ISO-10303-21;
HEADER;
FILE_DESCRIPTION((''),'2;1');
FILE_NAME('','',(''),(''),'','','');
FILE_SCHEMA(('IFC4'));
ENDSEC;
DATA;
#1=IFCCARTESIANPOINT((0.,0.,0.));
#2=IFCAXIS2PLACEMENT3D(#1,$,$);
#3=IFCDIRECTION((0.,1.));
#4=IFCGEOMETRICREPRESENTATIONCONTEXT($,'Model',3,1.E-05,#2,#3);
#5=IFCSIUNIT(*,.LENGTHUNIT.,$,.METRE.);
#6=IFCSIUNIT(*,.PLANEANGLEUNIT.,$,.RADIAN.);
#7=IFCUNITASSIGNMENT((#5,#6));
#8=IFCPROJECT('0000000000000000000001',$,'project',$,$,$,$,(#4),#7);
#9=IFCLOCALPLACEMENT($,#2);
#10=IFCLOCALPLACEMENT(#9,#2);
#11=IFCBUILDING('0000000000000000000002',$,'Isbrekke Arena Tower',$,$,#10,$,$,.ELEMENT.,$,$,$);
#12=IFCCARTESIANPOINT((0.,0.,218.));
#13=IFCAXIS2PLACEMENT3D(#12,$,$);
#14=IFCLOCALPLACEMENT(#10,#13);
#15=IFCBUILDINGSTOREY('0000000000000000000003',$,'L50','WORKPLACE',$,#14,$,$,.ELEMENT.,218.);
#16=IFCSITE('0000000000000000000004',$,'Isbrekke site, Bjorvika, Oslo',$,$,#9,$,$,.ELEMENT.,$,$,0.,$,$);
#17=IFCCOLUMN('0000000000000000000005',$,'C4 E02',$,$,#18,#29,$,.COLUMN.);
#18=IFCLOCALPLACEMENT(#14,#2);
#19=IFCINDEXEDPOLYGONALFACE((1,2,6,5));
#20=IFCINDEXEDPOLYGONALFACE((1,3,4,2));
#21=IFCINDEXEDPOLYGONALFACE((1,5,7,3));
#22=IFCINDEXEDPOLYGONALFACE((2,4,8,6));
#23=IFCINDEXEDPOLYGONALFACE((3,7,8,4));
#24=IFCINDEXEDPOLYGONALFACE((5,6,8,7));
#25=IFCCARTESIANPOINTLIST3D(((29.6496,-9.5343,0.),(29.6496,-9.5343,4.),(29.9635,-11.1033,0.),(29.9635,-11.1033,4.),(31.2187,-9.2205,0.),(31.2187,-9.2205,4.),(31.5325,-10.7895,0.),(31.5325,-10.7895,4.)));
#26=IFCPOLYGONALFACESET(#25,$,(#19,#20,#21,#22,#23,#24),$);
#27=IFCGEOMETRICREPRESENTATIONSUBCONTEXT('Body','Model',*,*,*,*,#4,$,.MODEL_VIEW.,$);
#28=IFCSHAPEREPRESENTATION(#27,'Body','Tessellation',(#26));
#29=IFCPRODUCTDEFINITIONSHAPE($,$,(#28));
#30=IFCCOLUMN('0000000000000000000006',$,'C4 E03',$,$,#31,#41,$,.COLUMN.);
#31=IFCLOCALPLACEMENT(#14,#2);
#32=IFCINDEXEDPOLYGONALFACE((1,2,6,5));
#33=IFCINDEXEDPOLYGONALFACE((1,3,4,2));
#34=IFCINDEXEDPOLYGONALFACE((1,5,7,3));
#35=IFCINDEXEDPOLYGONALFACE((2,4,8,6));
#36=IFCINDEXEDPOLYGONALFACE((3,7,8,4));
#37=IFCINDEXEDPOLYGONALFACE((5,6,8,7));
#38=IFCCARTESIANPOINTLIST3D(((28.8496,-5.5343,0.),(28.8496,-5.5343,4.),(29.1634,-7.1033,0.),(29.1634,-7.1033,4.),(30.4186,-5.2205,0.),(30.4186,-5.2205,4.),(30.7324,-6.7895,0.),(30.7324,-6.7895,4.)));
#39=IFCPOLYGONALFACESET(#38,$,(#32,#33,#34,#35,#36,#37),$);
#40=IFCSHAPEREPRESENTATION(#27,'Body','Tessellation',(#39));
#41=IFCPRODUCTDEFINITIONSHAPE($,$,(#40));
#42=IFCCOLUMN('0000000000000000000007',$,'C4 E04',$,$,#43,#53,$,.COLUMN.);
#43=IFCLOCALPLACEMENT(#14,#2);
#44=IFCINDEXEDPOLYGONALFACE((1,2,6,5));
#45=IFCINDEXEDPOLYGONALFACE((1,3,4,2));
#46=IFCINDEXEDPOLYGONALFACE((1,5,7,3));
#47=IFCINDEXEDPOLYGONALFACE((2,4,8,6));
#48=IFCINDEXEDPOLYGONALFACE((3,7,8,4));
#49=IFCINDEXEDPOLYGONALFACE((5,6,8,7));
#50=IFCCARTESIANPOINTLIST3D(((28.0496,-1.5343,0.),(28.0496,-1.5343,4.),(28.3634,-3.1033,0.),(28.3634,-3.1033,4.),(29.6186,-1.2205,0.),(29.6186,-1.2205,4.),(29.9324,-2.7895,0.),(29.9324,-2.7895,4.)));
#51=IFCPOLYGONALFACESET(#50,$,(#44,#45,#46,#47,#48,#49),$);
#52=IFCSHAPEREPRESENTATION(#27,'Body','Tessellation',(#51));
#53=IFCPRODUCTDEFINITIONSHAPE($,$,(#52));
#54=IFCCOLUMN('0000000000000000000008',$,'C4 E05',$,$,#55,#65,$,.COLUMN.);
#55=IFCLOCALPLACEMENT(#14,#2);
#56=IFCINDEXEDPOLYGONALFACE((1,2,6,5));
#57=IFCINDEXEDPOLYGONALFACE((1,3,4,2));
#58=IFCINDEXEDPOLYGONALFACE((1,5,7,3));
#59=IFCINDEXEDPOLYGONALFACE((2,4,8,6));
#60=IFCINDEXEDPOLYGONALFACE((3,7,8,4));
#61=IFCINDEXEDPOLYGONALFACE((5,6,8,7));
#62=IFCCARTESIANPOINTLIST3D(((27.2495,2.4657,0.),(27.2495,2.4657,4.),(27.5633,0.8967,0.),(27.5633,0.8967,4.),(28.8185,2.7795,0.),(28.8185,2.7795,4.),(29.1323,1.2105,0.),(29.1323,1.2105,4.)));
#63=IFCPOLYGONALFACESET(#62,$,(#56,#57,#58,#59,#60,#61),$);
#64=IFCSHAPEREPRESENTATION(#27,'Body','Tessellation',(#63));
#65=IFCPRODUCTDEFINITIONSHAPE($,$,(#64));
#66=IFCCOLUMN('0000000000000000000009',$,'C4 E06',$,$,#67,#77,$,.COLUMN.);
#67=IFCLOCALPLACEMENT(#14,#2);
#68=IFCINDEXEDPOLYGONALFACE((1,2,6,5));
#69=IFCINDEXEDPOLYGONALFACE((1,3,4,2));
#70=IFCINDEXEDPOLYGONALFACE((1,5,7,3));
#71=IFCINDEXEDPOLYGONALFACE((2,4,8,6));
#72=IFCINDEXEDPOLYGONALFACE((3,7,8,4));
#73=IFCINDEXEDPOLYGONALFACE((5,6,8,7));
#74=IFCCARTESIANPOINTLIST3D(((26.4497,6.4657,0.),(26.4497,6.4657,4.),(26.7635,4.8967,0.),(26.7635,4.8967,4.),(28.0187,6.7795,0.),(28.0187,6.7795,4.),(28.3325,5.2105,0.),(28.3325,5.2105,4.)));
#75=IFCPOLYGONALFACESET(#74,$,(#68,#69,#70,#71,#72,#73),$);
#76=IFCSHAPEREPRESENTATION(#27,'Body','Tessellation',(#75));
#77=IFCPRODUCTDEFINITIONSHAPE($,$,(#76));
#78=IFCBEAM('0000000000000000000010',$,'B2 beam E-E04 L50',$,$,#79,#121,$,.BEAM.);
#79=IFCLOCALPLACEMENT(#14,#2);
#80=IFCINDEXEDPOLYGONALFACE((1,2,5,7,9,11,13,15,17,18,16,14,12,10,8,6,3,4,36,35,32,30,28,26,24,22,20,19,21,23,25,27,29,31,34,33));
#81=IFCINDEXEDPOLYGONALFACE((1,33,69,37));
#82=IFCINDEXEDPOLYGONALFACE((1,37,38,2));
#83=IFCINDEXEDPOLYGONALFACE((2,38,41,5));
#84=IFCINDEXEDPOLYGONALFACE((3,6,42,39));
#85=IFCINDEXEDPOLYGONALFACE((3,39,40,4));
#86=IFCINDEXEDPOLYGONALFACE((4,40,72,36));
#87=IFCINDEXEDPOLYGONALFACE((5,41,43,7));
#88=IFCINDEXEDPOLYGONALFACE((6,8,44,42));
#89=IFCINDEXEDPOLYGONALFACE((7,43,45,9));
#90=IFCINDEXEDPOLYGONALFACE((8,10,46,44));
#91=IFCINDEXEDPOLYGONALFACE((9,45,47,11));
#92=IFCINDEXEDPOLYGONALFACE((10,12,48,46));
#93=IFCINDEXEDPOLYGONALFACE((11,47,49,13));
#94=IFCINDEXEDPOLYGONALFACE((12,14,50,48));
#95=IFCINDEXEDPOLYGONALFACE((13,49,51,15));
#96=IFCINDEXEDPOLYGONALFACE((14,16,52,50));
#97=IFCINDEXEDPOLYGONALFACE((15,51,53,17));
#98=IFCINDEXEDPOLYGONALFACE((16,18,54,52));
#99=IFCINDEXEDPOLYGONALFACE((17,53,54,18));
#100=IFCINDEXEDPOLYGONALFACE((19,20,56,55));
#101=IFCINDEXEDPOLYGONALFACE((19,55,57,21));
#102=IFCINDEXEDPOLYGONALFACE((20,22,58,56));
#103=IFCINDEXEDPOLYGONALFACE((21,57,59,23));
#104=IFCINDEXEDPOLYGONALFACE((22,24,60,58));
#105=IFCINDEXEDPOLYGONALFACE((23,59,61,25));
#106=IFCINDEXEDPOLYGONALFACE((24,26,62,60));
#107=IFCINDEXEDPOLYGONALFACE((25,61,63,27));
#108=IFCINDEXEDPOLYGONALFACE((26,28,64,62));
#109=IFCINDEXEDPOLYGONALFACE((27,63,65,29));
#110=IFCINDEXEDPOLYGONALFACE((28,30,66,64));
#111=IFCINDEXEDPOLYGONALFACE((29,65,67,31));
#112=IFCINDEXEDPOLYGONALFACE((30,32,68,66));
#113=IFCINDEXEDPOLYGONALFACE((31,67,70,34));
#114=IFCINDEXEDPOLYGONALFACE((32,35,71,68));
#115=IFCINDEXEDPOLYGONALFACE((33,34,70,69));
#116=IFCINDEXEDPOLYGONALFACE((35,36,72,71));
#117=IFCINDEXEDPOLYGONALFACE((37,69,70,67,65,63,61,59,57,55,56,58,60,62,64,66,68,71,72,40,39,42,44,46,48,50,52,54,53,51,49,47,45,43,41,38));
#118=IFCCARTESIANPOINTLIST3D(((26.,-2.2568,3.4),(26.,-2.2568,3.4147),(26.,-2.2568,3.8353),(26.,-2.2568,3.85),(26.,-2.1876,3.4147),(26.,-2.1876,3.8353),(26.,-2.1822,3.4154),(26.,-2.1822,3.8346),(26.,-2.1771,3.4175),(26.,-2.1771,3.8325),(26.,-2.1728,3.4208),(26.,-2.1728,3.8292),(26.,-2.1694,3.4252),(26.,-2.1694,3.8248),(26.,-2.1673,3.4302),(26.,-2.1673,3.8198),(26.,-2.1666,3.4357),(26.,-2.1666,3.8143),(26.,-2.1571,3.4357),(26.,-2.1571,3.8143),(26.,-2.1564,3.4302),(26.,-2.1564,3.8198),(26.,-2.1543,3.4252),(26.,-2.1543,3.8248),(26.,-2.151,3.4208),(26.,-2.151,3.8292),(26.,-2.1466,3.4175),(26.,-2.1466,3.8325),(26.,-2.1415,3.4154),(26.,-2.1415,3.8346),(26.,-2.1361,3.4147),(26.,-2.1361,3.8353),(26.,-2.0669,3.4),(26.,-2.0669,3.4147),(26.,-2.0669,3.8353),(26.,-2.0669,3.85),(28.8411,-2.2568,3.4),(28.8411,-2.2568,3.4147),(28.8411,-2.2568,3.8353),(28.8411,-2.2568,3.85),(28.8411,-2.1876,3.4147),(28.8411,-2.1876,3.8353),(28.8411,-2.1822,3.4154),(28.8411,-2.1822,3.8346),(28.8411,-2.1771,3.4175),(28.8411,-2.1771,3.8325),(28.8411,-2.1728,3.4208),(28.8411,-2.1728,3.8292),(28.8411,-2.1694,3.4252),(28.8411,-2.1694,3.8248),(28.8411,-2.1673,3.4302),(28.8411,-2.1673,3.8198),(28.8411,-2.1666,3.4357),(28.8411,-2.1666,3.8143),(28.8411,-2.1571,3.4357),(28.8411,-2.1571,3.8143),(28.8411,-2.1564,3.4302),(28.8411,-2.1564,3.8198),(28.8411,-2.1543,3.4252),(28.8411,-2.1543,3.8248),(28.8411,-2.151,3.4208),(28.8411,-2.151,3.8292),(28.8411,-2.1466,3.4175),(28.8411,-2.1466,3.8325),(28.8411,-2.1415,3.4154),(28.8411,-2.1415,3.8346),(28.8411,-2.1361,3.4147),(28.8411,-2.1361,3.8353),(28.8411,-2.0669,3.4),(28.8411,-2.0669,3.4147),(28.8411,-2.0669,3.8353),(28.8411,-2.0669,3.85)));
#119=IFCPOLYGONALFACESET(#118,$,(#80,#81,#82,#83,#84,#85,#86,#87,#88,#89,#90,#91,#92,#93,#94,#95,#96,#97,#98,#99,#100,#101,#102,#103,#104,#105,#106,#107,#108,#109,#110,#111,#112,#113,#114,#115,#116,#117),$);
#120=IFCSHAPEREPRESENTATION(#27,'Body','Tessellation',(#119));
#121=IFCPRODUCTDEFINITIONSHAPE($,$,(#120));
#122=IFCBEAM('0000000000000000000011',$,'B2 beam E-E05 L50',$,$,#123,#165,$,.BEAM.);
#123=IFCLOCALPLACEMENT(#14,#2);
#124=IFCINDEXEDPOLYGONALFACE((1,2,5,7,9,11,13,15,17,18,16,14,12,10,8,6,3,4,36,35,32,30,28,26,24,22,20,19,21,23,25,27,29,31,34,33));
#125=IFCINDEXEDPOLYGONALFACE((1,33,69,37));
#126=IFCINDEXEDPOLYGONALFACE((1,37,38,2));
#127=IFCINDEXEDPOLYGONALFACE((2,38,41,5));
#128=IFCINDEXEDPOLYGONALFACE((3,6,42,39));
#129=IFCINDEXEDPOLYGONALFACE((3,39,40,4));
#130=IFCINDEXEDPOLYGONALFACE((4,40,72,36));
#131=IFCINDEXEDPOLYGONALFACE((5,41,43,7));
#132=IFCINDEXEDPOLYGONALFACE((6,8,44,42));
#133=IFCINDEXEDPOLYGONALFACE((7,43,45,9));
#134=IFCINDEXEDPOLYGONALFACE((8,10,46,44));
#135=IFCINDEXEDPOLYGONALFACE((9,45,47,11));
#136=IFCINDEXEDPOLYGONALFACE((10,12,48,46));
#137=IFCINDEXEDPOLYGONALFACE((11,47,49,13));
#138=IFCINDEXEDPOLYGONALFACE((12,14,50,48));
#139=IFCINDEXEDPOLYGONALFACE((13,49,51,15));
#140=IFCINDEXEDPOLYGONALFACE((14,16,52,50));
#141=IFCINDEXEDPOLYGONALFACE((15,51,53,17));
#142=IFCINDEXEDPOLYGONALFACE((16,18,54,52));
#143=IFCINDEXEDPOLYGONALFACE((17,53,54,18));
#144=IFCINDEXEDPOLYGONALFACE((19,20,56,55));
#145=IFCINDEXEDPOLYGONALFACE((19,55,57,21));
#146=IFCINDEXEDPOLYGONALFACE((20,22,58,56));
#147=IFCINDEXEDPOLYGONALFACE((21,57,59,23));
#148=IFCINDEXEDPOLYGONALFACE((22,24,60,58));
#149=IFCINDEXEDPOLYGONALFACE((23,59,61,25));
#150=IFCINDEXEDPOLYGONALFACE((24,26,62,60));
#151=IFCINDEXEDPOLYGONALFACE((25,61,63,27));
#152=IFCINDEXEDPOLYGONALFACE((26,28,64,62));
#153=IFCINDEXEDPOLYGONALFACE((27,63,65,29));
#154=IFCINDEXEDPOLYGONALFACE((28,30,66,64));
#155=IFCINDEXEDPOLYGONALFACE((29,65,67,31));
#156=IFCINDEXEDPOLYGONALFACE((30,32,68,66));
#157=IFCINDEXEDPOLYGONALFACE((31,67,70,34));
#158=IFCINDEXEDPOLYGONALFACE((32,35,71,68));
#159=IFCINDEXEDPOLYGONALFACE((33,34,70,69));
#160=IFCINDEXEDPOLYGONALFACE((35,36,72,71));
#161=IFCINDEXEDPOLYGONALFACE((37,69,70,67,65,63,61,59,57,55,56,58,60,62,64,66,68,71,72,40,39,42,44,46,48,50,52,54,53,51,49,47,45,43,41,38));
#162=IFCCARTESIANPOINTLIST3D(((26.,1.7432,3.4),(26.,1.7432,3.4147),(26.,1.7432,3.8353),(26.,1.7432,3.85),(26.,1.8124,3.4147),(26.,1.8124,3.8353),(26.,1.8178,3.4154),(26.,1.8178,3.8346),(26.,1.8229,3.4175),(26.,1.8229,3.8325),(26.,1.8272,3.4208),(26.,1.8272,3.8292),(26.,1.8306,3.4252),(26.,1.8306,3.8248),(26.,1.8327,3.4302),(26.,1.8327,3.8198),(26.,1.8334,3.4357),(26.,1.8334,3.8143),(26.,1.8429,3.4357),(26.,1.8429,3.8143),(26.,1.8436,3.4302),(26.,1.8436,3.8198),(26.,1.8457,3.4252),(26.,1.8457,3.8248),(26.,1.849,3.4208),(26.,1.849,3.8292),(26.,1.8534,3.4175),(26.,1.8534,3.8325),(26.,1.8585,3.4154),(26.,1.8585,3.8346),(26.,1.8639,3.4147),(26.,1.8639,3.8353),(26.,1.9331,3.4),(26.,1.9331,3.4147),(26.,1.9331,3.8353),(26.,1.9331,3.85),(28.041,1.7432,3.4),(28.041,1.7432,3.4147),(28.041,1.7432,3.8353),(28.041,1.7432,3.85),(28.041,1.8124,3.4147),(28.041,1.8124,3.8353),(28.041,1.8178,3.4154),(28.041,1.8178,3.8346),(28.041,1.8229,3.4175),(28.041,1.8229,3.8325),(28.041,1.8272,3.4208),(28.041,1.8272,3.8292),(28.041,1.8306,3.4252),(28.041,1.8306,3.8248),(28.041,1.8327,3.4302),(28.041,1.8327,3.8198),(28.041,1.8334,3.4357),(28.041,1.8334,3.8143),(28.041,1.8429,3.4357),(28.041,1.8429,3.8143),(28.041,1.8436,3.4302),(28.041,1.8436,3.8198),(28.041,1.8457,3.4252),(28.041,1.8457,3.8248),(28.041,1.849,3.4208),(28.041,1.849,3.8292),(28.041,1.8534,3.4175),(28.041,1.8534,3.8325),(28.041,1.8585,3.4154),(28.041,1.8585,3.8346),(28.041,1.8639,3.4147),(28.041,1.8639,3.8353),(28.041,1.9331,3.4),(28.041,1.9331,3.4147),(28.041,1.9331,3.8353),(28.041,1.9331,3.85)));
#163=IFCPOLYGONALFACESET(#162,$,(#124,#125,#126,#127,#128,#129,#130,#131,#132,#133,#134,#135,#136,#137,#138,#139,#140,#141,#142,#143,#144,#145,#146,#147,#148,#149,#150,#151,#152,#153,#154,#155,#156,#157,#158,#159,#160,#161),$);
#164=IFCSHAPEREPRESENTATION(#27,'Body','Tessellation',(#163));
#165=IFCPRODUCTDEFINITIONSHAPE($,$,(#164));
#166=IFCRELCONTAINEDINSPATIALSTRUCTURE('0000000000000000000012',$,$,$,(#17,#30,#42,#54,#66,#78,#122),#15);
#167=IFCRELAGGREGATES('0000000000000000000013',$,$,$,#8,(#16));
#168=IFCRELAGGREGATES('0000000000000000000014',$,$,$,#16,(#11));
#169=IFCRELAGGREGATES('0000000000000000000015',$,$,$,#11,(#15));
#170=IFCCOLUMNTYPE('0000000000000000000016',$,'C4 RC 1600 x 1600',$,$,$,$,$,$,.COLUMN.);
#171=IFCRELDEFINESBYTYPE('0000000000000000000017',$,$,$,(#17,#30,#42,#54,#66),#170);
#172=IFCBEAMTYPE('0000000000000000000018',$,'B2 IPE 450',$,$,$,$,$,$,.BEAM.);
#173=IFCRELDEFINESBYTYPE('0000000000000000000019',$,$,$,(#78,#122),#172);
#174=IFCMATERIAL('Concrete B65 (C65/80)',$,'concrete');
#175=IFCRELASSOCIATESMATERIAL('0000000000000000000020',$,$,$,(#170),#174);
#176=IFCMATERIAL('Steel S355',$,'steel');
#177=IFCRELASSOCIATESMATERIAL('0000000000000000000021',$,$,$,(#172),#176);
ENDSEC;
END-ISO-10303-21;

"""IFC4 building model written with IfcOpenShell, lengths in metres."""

from ifc_helpers import new_model, si_unit, direction, frame, origin, origin_2d, place, context, subcontext, project, spatial, rectangle, i_section, extrude, material, material_profile, profile_set, type_object, element, save


model = new_model("IFC4")

# Units and contexts
model_context = context("Model", 3, precision=1e-05, world=origin(), true_north=direction((0.0, 1.0)))
body_context = subcontext(model_context, "Body", "Model", "MODEL_VIEW")
ifc_project = project(units=[si_unit("LENGTHUNIT", "METRE"), si_unit("PLANEANGLEUNIT", "RADIAN")], contexts=[model_context])

# Site, building, storey
site_placement = place(None, origin())
site = spatial("IfcSite", under=ifc_project, at=site_placement, Name="Isbrekke site, Bjorvika, Oslo", CompositionType="ELEMENT", RefElevation=0.0)
building_placement = place(site_placement, origin())
building = spatial("IfcBuilding", under=site, at=building_placement, Name="Isbrekke Arena Tower", CompositionType="ELEMENT")
storey_placement = place(building_placement, frame((0.0, 0.0, 218.0)))
storey = spatial("IfcBuildingStorey", under=building, at=storey_placement, Name="L50", Description="WORKPLACE", CompositionType="ELEMENT", Elevation=218.0)

# Columns
ifc_material_1 = material(Name="Concrete B65 (C65/80)", Category="concrete")
ifc_material_profile_1 = material_profile(ifc_material_1, rectangle(XDim=1.6001, YDim=1.6001, at=origin_2d()), Name="RC 1600x1600")
ifc_profile_set_1 = profile_set([ifc_material_profile_1], Name="Concrete B65 (C65/80)")
column_type = type_object("IfcColumnType", Name="C4 RC 1600 x 1600", PredefinedType="COLUMN", material=ifc_profile_set_1)
for number, where, z_axis, x_axis, name in (
    (1, (30.5911, -10.1619, 0.0), (0.0, 0.0, 1.0), (-0.196116, 0.980581, 0.0), "C4 E02"),
    (2, (29.791, -6.1619, 0.0), (0.0, 0.0, 1.0), (-0.196116, 0.980581, 0.0), "C4 E03"),
    (3, (28.991, -2.1619, 0.0), (0.0, 0.0, 1.0), (-0.196116, 0.980581, 0.0), "C4 E04"),
    (4, (28.1909, 1.8381, 0.0), (0.0, 0.0, 1.0), (-0.196116, 0.980581, 0.0), "C4 E05"),
    (5, (27.3911, 5.8381, 0.0), (0.0, 0.0, 1.0), (-0.196116, 0.980581, 0.0), "C4 E06"),
):
    element("IfcColumn", number, at=place(storey_placement, frame(where, z_axis=z_axis, x_axis=x_axis)), inside=storey, type_object=column_type, Name=name, PredefinedType="COLUMN", context=body_context, shape_type="SweptSolid", body=[
        extrude(rectangle(XDim=1.6001, YDim=1.6001, at=origin_2d()), origin(), (0.0, 0.0, 1.0), 4.0),
    ])

# Beams
ifc_material_2 = material(Name="Steel S355", Category="steel")
ifc_material_profile_2 = material_profile(ifc_material_2, i_section(OverallWidth=0.1899, OverallDepth=0.45, WebThickness=0.0095, FlangeThickness=0.0146, FilletRadius=0.021, at=origin_2d()), Name="IPE 450")
ifc_profile_set_2 = profile_set([ifc_material_profile_2], Name="Steel S355")
beam_type_1 = type_object("IfcBeamType", Name="B2 IPE 450", PredefinedType="BEAM", material=ifc_profile_set_2)
beam_1_placement = place(storey_placement, frame((28.8411, -2.1619, 3.625), z_axis=(-1.0, 0.0, 0.0), x_axis=(0.0, -1.0, 0.0)))
element("IfcBeam", 6, at=beam_1_placement, inside=storey, type_object=beam_type_1, Name="B2 beam E-E04 L50", PredefinedType="BEAM", context=body_context, shape_type="SweptSolid", body=[
    extrude(i_section(OverallWidth=0.1899, OverallDepth=0.45, WebThickness=0.0095, FlangeThickness=0.0146, FilletRadius=0.021, at=origin_2d()), origin(), (0.0, 0.0, 1.0), 2.8411),
])
beam_2_placement = place(storey_placement, frame((28.041, 1.8381, 3.625), z_axis=(-1.0, 0.0, 0.0), x_axis=(0.0, -1.0, 0.0)))
element("IfcBeam", 7, at=beam_2_placement, inside=storey, type_object=beam_type_1, Name="B2 beam E-E05 L50", PredefinedType="BEAM", context=body_context, shape_type="SweptSolid", body=[
    extrude(i_section(OverallWidth=0.1899, OverallDepth=0.45, WebThickness=0.0095, FlangeThickness=0.0146, FilletRadius=0.021, at=origin_2d()), origin(), (0.0, 0.0, 1.0), 2.041),
])

save(model, "model.ifc")
